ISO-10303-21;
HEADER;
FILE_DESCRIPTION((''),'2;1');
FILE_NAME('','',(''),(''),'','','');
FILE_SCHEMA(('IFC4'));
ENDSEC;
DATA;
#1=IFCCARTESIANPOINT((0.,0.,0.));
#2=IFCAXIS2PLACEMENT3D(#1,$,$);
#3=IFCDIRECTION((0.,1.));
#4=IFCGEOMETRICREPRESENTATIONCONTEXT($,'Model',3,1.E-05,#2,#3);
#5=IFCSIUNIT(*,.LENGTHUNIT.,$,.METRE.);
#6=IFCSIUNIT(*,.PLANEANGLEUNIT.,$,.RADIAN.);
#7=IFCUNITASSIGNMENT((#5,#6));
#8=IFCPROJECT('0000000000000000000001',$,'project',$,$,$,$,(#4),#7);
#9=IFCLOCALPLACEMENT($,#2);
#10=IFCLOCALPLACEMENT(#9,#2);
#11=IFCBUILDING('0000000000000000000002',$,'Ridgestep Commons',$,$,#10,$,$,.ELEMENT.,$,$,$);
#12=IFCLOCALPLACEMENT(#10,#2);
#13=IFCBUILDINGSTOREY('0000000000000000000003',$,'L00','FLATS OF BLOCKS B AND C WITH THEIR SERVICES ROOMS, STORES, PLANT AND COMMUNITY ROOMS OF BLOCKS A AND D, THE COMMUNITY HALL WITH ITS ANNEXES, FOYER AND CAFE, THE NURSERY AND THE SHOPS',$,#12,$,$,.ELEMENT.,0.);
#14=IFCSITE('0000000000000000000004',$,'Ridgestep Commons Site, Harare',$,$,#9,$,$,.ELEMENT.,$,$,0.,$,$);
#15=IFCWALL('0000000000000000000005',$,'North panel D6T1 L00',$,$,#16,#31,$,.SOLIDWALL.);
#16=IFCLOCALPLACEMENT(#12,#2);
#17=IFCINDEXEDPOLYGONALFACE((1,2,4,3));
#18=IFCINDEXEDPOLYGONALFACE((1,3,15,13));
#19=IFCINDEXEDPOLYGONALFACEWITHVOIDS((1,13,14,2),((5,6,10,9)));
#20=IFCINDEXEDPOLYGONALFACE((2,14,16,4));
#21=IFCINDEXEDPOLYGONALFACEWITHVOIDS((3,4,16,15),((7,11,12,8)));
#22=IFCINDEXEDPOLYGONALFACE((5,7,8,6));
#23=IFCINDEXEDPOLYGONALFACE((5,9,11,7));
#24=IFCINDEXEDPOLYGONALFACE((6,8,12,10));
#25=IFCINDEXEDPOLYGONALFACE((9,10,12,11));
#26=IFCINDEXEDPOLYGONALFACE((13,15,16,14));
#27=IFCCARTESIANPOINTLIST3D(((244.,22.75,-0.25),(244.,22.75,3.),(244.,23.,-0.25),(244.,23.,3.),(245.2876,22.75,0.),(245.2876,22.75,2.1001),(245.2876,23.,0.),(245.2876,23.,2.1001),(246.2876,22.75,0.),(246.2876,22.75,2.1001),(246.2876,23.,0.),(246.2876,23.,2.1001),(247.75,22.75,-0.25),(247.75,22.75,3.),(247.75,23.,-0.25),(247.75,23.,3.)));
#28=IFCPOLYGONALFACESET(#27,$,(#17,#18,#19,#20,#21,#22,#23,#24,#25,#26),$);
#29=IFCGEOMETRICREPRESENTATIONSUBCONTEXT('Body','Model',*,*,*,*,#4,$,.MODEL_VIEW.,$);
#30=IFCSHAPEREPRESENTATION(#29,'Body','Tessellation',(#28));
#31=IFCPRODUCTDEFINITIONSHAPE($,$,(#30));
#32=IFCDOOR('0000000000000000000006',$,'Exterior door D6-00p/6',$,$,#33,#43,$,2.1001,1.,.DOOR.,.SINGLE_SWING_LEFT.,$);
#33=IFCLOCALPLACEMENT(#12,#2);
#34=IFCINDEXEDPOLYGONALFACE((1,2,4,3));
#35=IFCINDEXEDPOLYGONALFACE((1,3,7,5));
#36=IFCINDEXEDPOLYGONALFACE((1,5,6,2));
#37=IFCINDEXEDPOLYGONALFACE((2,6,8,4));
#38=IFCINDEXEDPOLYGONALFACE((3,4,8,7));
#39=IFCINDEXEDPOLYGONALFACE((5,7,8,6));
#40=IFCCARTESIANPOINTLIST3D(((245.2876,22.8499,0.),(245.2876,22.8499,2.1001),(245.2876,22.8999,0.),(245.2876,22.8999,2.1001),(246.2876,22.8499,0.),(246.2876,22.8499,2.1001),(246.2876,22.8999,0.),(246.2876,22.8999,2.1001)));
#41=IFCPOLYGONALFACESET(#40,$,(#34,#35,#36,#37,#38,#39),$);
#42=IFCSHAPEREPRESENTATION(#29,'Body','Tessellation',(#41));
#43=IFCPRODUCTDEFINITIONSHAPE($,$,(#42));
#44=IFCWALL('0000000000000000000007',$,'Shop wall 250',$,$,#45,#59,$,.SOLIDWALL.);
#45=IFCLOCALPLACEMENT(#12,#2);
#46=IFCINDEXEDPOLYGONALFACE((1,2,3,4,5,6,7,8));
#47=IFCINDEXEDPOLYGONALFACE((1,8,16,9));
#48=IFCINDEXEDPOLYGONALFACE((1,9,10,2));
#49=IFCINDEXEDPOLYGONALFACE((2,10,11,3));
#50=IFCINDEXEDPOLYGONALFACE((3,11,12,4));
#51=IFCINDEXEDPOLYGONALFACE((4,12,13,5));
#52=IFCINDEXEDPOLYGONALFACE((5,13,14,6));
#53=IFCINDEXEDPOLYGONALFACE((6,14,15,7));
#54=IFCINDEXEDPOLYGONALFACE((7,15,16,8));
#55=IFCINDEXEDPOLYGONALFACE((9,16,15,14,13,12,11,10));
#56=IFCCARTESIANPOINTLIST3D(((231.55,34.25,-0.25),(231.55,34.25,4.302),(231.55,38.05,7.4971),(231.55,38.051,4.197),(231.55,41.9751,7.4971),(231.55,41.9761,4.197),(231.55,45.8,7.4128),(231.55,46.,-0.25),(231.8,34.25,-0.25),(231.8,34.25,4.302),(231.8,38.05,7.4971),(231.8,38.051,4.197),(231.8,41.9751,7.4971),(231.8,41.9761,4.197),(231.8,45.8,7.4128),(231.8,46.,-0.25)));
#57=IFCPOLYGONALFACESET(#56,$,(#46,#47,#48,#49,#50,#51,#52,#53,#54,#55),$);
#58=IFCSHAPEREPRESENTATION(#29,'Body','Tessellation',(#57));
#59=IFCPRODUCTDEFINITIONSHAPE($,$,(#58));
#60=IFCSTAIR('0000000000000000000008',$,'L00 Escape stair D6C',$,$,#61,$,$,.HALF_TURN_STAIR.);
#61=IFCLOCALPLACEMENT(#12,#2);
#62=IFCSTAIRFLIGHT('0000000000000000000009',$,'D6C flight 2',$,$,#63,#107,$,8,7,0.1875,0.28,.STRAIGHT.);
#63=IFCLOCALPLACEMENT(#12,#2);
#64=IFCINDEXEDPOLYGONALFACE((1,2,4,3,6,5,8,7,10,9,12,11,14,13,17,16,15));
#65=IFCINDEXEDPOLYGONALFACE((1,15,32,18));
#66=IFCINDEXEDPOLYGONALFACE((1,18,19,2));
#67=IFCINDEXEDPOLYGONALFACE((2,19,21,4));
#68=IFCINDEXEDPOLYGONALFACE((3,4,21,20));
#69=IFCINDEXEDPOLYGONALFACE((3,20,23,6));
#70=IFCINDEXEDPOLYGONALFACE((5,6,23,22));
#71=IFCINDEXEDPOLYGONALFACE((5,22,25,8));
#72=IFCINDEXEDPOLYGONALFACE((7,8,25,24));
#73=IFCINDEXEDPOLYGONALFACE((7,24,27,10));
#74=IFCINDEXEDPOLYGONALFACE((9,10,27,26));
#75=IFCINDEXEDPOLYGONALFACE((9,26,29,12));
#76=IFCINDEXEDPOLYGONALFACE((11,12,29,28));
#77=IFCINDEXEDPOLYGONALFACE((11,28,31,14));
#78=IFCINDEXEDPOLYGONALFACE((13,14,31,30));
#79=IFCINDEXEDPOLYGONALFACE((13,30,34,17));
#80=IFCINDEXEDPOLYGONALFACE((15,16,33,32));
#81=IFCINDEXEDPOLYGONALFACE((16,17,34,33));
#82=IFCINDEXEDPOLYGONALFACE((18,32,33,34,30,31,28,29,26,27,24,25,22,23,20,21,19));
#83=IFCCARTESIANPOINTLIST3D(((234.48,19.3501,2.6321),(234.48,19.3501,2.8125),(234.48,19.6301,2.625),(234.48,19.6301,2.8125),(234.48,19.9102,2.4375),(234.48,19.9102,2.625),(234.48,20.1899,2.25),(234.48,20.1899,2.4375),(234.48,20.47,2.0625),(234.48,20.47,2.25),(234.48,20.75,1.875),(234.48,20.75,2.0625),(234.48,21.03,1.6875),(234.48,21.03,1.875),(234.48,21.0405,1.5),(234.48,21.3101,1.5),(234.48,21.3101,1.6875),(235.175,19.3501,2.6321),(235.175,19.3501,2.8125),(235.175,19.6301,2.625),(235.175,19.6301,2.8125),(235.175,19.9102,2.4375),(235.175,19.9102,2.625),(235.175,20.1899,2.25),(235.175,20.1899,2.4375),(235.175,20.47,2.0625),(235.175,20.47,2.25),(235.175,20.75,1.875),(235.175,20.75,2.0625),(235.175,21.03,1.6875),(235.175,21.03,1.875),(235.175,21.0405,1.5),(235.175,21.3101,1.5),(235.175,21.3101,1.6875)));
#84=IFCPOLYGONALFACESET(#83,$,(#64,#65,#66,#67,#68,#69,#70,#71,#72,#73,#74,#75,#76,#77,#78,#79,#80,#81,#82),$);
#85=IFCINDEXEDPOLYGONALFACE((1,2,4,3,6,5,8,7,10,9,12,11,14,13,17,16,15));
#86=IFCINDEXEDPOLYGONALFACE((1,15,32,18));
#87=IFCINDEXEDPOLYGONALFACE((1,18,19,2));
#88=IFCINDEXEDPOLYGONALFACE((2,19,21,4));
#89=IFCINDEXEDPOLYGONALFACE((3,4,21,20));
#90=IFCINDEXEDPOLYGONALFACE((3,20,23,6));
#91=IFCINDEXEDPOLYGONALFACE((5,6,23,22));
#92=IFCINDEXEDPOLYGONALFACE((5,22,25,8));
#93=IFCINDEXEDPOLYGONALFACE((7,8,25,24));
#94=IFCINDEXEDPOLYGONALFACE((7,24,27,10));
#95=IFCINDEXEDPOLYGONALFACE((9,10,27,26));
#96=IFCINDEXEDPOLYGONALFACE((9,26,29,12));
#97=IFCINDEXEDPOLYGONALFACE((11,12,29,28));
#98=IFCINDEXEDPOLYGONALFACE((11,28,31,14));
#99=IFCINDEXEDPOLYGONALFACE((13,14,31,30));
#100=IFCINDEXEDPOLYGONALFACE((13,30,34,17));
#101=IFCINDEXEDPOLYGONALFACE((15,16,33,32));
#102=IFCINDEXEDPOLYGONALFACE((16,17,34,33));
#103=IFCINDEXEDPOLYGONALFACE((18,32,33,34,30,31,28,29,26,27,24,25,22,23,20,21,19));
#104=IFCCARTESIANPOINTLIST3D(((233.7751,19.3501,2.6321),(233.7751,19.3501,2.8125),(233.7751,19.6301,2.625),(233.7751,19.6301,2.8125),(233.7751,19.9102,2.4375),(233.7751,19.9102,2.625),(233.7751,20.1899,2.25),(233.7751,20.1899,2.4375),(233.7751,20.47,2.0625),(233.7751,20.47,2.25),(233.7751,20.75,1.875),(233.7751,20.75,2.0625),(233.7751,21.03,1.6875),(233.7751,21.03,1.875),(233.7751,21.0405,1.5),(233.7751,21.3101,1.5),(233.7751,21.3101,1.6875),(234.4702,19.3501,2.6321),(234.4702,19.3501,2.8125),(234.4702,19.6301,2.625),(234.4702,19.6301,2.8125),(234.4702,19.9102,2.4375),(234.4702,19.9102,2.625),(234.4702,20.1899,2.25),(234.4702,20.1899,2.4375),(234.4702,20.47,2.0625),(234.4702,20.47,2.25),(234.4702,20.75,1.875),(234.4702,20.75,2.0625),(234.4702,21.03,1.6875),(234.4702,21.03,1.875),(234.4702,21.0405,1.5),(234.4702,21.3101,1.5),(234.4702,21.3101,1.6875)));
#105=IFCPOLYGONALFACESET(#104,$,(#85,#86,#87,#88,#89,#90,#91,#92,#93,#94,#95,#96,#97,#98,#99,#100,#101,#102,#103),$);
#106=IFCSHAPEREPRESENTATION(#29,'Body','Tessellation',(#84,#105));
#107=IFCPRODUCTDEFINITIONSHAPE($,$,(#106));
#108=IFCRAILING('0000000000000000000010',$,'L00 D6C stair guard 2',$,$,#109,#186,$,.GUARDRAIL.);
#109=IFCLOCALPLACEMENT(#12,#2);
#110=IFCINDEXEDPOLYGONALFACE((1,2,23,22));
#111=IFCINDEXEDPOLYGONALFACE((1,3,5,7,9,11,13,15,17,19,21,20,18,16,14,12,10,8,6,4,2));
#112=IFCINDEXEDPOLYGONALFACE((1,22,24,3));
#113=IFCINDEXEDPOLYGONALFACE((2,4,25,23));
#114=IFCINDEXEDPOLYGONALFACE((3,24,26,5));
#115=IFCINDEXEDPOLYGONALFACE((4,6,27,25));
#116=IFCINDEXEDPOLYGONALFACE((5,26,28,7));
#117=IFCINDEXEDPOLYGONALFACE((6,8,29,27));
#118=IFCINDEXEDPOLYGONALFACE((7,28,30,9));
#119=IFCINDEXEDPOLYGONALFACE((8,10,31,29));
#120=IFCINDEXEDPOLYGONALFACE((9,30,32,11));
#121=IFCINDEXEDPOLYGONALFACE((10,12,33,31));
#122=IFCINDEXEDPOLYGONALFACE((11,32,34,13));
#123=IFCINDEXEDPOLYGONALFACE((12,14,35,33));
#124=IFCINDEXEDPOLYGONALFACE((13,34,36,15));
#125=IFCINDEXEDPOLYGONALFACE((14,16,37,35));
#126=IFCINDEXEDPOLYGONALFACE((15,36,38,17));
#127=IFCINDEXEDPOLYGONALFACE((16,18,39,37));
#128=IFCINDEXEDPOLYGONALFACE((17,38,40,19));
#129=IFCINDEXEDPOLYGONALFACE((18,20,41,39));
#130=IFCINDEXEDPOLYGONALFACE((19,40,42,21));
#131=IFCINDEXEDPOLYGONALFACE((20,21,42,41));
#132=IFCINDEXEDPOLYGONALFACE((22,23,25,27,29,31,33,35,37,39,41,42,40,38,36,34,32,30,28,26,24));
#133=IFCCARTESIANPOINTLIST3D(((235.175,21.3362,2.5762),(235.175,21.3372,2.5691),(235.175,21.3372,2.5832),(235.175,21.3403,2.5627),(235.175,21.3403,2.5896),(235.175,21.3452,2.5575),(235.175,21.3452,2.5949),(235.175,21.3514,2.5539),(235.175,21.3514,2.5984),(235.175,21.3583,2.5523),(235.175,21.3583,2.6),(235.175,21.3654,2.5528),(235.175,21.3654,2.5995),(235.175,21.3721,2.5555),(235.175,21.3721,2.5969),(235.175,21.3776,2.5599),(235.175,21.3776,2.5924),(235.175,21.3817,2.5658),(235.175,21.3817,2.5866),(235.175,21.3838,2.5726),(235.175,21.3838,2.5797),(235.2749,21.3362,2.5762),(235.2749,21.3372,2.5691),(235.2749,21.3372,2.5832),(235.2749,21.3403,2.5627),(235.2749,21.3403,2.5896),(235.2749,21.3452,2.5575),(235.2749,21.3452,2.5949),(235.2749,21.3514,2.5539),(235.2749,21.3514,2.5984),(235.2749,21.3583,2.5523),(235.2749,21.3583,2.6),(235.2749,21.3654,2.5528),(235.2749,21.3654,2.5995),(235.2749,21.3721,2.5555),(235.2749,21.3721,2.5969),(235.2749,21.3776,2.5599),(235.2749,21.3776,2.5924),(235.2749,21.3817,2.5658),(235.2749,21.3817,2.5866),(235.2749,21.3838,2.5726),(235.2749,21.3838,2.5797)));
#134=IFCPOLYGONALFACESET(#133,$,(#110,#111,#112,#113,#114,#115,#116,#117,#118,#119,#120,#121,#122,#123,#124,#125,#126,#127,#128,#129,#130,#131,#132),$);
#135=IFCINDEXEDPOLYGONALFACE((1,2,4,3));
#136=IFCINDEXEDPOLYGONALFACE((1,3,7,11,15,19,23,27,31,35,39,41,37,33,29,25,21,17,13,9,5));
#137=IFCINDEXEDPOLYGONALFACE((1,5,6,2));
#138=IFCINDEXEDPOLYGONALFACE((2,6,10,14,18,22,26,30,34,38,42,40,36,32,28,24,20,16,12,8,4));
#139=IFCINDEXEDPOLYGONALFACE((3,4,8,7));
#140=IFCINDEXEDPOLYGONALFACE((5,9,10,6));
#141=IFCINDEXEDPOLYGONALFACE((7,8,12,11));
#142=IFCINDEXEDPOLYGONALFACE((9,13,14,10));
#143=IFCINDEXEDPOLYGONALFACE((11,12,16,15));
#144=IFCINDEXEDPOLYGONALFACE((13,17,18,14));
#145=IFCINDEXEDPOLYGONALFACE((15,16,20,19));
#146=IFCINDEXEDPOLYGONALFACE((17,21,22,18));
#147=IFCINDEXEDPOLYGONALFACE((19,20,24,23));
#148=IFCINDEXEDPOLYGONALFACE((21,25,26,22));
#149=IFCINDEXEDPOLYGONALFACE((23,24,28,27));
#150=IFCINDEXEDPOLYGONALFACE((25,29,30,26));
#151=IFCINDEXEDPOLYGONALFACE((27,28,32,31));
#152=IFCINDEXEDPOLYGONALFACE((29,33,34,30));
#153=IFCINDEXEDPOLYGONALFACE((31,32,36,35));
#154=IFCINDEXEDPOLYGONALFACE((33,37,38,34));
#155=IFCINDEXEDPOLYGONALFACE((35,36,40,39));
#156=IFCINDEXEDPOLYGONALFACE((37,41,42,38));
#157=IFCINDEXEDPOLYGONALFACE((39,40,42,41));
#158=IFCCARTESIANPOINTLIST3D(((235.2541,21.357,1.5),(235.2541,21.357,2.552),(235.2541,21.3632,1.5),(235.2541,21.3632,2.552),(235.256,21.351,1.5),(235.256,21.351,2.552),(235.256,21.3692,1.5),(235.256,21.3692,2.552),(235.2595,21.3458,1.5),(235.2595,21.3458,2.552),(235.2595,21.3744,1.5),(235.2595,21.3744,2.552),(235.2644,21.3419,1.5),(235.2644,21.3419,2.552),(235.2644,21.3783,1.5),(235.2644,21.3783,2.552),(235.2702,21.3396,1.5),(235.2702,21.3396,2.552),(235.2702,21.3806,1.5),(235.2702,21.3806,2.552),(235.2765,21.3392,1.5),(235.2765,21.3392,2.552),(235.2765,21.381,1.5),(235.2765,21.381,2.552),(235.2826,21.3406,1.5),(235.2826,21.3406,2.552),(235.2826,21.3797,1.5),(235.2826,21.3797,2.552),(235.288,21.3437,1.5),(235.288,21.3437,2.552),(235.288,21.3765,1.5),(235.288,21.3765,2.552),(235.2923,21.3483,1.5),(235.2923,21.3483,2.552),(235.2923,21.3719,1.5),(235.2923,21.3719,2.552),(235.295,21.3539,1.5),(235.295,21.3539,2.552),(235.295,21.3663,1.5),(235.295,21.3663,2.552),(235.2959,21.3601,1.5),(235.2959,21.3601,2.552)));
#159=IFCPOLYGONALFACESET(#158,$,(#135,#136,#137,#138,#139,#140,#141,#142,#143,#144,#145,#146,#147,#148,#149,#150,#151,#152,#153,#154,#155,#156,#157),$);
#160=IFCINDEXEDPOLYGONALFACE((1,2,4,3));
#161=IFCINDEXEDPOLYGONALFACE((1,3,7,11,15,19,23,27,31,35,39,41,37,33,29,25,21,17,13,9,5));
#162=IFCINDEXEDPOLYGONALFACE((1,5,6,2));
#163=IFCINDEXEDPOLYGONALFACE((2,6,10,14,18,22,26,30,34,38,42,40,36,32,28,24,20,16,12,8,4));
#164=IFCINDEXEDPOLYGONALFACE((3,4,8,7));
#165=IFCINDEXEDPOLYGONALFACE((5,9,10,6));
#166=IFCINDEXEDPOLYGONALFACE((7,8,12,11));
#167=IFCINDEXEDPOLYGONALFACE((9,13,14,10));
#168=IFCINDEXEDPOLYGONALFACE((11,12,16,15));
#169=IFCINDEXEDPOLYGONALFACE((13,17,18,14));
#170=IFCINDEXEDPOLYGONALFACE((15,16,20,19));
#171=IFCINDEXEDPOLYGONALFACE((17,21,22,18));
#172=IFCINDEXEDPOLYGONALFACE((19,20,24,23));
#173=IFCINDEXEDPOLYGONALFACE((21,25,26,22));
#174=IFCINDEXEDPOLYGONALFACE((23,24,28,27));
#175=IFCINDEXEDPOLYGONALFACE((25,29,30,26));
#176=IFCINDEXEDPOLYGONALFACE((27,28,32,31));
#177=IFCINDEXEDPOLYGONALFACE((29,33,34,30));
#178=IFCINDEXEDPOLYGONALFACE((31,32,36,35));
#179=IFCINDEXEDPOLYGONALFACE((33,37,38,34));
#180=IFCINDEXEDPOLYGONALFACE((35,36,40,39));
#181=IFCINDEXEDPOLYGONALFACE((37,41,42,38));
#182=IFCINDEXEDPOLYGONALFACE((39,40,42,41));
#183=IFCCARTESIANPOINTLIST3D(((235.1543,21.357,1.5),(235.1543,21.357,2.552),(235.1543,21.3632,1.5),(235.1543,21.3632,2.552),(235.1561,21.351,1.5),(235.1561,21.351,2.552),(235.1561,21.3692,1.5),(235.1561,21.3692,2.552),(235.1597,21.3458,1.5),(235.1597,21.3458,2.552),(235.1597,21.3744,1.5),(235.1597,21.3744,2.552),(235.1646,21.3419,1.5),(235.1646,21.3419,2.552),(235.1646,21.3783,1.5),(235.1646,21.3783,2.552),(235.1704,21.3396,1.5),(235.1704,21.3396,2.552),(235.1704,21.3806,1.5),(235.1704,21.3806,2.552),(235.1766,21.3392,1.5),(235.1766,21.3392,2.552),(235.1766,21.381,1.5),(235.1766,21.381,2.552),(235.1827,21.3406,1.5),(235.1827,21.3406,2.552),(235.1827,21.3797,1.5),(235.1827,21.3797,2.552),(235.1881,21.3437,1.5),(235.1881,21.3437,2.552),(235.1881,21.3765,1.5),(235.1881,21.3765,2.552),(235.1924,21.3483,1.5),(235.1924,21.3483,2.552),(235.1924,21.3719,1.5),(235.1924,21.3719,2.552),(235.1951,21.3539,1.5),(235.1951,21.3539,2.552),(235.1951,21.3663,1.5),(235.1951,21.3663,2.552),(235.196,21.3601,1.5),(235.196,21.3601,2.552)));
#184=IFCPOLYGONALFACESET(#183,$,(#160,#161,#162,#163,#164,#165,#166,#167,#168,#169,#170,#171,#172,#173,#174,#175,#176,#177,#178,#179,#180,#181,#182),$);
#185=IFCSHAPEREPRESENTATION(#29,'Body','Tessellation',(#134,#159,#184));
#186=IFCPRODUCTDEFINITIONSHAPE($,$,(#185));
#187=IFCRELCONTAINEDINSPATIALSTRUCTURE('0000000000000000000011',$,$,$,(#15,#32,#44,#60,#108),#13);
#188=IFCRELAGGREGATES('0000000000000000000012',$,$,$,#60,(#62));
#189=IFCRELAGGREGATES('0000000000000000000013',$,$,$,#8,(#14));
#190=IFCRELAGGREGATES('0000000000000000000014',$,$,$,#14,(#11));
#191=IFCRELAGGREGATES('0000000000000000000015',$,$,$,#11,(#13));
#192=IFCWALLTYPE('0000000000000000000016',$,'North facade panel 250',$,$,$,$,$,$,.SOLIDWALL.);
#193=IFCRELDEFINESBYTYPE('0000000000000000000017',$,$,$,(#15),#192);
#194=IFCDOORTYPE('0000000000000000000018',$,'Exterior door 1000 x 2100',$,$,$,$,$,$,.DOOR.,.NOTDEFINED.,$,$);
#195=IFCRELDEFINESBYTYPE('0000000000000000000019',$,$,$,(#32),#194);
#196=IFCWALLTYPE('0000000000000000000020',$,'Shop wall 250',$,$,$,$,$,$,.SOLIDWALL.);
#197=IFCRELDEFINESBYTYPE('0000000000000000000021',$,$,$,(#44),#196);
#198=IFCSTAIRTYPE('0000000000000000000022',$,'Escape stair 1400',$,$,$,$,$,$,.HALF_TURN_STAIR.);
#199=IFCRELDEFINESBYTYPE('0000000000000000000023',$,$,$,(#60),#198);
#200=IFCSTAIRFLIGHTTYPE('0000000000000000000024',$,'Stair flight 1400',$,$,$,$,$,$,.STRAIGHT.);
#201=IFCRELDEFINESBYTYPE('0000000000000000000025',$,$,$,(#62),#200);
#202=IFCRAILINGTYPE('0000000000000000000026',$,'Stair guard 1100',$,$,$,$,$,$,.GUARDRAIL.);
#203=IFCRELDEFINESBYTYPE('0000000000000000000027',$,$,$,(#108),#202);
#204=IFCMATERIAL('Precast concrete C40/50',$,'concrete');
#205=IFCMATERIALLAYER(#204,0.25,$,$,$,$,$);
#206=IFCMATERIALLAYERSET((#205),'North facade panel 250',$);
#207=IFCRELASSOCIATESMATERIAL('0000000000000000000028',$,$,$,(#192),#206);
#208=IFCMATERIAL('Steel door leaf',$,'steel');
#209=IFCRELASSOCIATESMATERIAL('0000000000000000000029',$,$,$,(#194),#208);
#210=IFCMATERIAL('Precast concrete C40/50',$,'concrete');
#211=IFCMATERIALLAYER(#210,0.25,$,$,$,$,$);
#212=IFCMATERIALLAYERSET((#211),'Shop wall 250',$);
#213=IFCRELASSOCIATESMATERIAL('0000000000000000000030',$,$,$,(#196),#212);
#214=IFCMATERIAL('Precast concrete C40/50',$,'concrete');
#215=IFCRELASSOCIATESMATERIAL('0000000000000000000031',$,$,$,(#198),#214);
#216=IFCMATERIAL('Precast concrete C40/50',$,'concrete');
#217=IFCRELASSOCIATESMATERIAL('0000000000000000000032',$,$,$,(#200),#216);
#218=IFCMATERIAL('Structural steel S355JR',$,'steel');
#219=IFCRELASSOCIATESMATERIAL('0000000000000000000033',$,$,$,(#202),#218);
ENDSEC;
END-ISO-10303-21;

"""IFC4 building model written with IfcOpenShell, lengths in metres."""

from ifc_helpers import new_model, si_unit, direction, frame, frame_2d, origin, origin_2d, place, context, subcontext, project, spatial, polyline, rectangle, circle, outline, extrude, material, layer, layer_set, type_object, element, fill, aggregate, save


model = new_model("IFC4")

# Units and contexts
model_context = context("Model", 3, precision=1e-05, world=origin(), true_north=direction((0.0, 1.0)))
body_context = subcontext(model_context, "Body", "Model", "MODEL_VIEW")
ifc_project = project(units=[si_unit("LENGTHUNIT", "METRE"), si_unit("PLANEANGLEUNIT", "RADIAN")], contexts=[model_context])

# Site, building, storey
site_placement = place(None, origin())
site = spatial("IfcSite", under=ifc_project, at=site_placement, Name="Ridgestep Commons Site, Harare", CompositionType="ELEMENT", RefElevation=0.0)
building_placement = place(site_placement, origin())
building = spatial("IfcBuilding", under=site, at=building_placement, Name="Ridgestep Commons", CompositionType="ELEMENT")
storey_placement = place(building_placement, origin())
storey = spatial("IfcBuildingStorey", under=building, at=storey_placement, Name="L00", Description="FLATS OF BLOCKS B AND C WITH THEIR SERVICES ROOMS, STORES, PLANT AND COMMUNITY ROOMS OF BLOCKS A AND D, THE COMMUNITY HALL WITH ITS ANNEXES, FOYER AND CAFE, THE NURSERY AND THE SHOPS", CompositionType="ELEMENT", Elevation=0.0)

# Wall, opening, door
ifc_material_1 = material(Name="Precast concrete C40/50", Category="concrete")
ifc_layer_1 = layer(ifc_material_1, 0.25)
ifc_layer_set_1 = layer_set([ifc_layer_1], Name="North facade panel 250")
wall_type_1 = type_object("IfcWallType", Name="North facade panel 250", PredefinedType="SOLIDWALL", material=ifc_layer_set_1)
ifc_material_2 = material(Name="Steel door leaf", Category="steel")
door_type_1 = type_object("IfcDoorType", Name="Exterior door 1000 x 2100", OperationType="NOTDEFINED", PredefinedType="DOOR", material=ifc_material_2)
wall_1_placement = place(storey_placement, frame((244.0, 22.875, -0.25), z_axis=(0.0, 0.0, 1.0), x_axis=(1.0, 0.0, 0.0)))
wall_1 = element("IfcWall", 1, at=wall_1_placement, inside=storey, type_object=wall_type_1, Name="North panel D6T1 L00", PredefinedType="SOLIDWALL", context=body_context, shape_type="SweptSolid", body=[
    extrude(rectangle(XDim=3.75, YDim=0.25, at=frame_2d((1.875, 0.0))), origin(), (0.0, 0.0, 1.0), 3.25),
])
opening_1_placement = place(wall_1_placement, frame((1.2876, 0.0, 0.25)))
opening_1 = element("IfcOpeningElement", 2, at=opening_1_placement, cuts=wall_1, PredefinedType="OPENING", context=body_context, shape_type="SweptSolid", body=[
    extrude(rectangle(XDim=1.0, YDim=2.1001, at=frame_2d((0.5, 1.05))), frame((0.0, 0.135, 0.0), z_axis=(0.0, -1.0, 0.0), x_axis=(1.0, 0.0, 0.0)), (0.0, 0.0, 1.0), 0.27),
])
door_1_placement = place(opening_1_placement, origin())
door_1 = element("IfcDoor", 3, at=door_1_placement, inside=storey, type_object=door_type_1, Name="Exterior door D6-00p/6", OperationType="SINGLE_SWING_LEFT", OverallHeight=2.1001, OverallWidth=1.0, PredefinedType="DOOR", context=body_context, shape_type="SweptSolid", body=[
    extrude(rectangle(XDim=1.0, YDim=2.1001, at=frame_2d((0.5, 1.05))), frame((0.0, 0.0249, 0.0), z_axis=(0.0, -1.0, 0.0), x_axis=(1.0, 0.0, 0.0)), (0.0, 0.0, 1.0), 0.05),
])
fill(opening_1, door_1)

# Wall
ifc_material_3 = material(Name="Precast concrete C40/50", Category="concrete")
ifc_layer_2 = layer(ifc_material_3, 0.25)
ifc_layer_set_2 = layer_set([ifc_layer_2], Name="Shop wall 250")
wall_type_2 = type_object("IfcWallType", Name="Shop wall 250", PredefinedType="SOLIDWALL", material=ifc_layer_set_2)
wall_2_placement = place(storey_placement, frame((231.675, 34.25, -0.25), z_axis=(0.0, 0.0, 1.0), x_axis=(0.0, 1.0, 0.0)))
element("IfcWall", 4, at=wall_2_placement, inside=storey, type_object=wall_type_2, Name="Shop wall 250", PredefinedType="SOLIDWALL", context=body_context, shape_type="SweptSolid", body=[
    extrude(outline(polyline([(0.0, 0.0), (11.75, 0.0), (11.55, 7.6628), (7.7261, 4.447), (7.7251, 7.7471), (3.801, 4.447), (3.8, 7.7471), (0.0, 4.552), (0.0, 0.0)])), frame((0.0, 0.125, 0.0), z_axis=(0.0, -1.0, 0.0), x_axis=(1.0, 0.0, 0.0)), (0.0, 0.0, 1.0), 0.25),
])

# Stair, stair flight
ifc_material_4 = material(Name="Precast concrete C40/50", Category="concrete")
stair_type = type_object("IfcStairType", Name="Escape stair 1400", PredefinedType="HALF_TURN_STAIR", material=ifc_material_4)
stair_placement = place(storey_placement, origin())
stair = element("IfcStair", 5, at=stair_placement, inside=storey, type_object=stair_type, Name="L00 Escape stair D6C", PredefinedType="HALF_TURN_STAIR")
ifc_material_5 = material(Name="Precast concrete C40/50", Category="concrete")
stair_flight_type = type_object("IfcStairFlightType", Name="Stair flight 1400", PredefinedType="STRAIGHT", material=ifc_material_5)
stair_flight_placement = place(storey_placement, frame((234.4751, 21.3101, 1.5), z_axis=(0.0, 0.0, 1.0), x_axis=(0.0, -1.0, 0.0)))
stair_flight = element("IfcStairFlight", 6, at=stair_flight_placement, type_object=stair_flight_type, Name="D6C flight 2", NumberOfRisers=8, NumberOfTreads=7, PredefinedType="STRAIGHT", RiserHeight=0.1875, TreadLength=0.28, context=body_context, shape_type="SweptSolid", body=[
    extrude(outline(polyline([(0.0, 0.0), (0.0, 0.1875), (0.28, 0.1875), (0.28, 0.375), (0.5601, 0.375), (0.5601, 0.5625), (0.8401, 0.5625), (0.8401, 0.75), (1.1201, 0.75), (1.1201, 0.9375), (1.3999, 0.9375), (1.3999, 1.125), (1.6799, 1.125), (1.6799, 1.3125), (1.96, 1.3125), (1.96, 1.5), (1.96, 1.1321), (0.2695, 0.0), (0.0, 0.0)])), frame((0.0, 0.7, 0.0), z_axis=(0.0, -1.0, 0.0), x_axis=(1.0, 0.0, 0.0)), (0.0, 0.0, 1.0), 0.6951),
    extrude(outline(polyline([(0.0, 0.0), (0.0, 0.1875), (0.28, 0.1875), (0.28, 0.375), (0.5601, 0.375), (0.5601, 0.5625), (0.8401, 0.5625), (0.8401, 0.75), (1.1201, 0.75), (1.1201, 0.9375), (1.3999, 0.9375), (1.3999, 1.125), (1.6799, 1.125), (1.6799, 1.3125), (1.96, 1.3125), (1.96, 1.5), (1.96, 1.1321), (0.2695, 0.0), (0.0, 0.0)])), frame((0.0, -0.0049, 0.0), z_axis=(0.0, -1.0, 0.0), x_axis=(1.0, 0.0, 0.0)), (0.0, 0.0, 1.0), 0.6951),
])
aggregate(stair, [stair_flight])

# Railing
ifc_material_6 = material(Name="Structural steel S355JR", Category="steel")
railing_type_1 = type_object("IfcRailingType", Name="Stair guard 1100", PredefinedType="GUARDRAIL", material=ifc_material_6)
railing_1_placement = place(storey_placement, frame((235.2749, 21.3601, 1.5)))
element("IfcRailing", 7, at=railing_1_placement, inside=storey, type_object=railing_type_1, Name="L00 D6C stair guard 2", PredefinedType="GUARDRAIL", context=body_context, shape_type="SweptSolid", body=[
    extrude(circle(Radius=0.0239, at=origin_2d()), frame((0.0, 0.0, 1.0762), z_axis=(-1.0, 0.0, 0.0), x_axis=(0.0, -1.0, 0.0)), (0.0, 0.0, 1.0), 0.0999),
    extrude(circle(Radius=0.021, at=origin_2d()), origin(), (0.0, 0.0, 1.0), 1.052),
    extrude(circle(Radius=0.021, at=origin_2d()), frame((-0.0999, 0.0, 0.0)), (0.0, 0.0, 1.0), 1.052),
])

save(model, "model.ifc")
